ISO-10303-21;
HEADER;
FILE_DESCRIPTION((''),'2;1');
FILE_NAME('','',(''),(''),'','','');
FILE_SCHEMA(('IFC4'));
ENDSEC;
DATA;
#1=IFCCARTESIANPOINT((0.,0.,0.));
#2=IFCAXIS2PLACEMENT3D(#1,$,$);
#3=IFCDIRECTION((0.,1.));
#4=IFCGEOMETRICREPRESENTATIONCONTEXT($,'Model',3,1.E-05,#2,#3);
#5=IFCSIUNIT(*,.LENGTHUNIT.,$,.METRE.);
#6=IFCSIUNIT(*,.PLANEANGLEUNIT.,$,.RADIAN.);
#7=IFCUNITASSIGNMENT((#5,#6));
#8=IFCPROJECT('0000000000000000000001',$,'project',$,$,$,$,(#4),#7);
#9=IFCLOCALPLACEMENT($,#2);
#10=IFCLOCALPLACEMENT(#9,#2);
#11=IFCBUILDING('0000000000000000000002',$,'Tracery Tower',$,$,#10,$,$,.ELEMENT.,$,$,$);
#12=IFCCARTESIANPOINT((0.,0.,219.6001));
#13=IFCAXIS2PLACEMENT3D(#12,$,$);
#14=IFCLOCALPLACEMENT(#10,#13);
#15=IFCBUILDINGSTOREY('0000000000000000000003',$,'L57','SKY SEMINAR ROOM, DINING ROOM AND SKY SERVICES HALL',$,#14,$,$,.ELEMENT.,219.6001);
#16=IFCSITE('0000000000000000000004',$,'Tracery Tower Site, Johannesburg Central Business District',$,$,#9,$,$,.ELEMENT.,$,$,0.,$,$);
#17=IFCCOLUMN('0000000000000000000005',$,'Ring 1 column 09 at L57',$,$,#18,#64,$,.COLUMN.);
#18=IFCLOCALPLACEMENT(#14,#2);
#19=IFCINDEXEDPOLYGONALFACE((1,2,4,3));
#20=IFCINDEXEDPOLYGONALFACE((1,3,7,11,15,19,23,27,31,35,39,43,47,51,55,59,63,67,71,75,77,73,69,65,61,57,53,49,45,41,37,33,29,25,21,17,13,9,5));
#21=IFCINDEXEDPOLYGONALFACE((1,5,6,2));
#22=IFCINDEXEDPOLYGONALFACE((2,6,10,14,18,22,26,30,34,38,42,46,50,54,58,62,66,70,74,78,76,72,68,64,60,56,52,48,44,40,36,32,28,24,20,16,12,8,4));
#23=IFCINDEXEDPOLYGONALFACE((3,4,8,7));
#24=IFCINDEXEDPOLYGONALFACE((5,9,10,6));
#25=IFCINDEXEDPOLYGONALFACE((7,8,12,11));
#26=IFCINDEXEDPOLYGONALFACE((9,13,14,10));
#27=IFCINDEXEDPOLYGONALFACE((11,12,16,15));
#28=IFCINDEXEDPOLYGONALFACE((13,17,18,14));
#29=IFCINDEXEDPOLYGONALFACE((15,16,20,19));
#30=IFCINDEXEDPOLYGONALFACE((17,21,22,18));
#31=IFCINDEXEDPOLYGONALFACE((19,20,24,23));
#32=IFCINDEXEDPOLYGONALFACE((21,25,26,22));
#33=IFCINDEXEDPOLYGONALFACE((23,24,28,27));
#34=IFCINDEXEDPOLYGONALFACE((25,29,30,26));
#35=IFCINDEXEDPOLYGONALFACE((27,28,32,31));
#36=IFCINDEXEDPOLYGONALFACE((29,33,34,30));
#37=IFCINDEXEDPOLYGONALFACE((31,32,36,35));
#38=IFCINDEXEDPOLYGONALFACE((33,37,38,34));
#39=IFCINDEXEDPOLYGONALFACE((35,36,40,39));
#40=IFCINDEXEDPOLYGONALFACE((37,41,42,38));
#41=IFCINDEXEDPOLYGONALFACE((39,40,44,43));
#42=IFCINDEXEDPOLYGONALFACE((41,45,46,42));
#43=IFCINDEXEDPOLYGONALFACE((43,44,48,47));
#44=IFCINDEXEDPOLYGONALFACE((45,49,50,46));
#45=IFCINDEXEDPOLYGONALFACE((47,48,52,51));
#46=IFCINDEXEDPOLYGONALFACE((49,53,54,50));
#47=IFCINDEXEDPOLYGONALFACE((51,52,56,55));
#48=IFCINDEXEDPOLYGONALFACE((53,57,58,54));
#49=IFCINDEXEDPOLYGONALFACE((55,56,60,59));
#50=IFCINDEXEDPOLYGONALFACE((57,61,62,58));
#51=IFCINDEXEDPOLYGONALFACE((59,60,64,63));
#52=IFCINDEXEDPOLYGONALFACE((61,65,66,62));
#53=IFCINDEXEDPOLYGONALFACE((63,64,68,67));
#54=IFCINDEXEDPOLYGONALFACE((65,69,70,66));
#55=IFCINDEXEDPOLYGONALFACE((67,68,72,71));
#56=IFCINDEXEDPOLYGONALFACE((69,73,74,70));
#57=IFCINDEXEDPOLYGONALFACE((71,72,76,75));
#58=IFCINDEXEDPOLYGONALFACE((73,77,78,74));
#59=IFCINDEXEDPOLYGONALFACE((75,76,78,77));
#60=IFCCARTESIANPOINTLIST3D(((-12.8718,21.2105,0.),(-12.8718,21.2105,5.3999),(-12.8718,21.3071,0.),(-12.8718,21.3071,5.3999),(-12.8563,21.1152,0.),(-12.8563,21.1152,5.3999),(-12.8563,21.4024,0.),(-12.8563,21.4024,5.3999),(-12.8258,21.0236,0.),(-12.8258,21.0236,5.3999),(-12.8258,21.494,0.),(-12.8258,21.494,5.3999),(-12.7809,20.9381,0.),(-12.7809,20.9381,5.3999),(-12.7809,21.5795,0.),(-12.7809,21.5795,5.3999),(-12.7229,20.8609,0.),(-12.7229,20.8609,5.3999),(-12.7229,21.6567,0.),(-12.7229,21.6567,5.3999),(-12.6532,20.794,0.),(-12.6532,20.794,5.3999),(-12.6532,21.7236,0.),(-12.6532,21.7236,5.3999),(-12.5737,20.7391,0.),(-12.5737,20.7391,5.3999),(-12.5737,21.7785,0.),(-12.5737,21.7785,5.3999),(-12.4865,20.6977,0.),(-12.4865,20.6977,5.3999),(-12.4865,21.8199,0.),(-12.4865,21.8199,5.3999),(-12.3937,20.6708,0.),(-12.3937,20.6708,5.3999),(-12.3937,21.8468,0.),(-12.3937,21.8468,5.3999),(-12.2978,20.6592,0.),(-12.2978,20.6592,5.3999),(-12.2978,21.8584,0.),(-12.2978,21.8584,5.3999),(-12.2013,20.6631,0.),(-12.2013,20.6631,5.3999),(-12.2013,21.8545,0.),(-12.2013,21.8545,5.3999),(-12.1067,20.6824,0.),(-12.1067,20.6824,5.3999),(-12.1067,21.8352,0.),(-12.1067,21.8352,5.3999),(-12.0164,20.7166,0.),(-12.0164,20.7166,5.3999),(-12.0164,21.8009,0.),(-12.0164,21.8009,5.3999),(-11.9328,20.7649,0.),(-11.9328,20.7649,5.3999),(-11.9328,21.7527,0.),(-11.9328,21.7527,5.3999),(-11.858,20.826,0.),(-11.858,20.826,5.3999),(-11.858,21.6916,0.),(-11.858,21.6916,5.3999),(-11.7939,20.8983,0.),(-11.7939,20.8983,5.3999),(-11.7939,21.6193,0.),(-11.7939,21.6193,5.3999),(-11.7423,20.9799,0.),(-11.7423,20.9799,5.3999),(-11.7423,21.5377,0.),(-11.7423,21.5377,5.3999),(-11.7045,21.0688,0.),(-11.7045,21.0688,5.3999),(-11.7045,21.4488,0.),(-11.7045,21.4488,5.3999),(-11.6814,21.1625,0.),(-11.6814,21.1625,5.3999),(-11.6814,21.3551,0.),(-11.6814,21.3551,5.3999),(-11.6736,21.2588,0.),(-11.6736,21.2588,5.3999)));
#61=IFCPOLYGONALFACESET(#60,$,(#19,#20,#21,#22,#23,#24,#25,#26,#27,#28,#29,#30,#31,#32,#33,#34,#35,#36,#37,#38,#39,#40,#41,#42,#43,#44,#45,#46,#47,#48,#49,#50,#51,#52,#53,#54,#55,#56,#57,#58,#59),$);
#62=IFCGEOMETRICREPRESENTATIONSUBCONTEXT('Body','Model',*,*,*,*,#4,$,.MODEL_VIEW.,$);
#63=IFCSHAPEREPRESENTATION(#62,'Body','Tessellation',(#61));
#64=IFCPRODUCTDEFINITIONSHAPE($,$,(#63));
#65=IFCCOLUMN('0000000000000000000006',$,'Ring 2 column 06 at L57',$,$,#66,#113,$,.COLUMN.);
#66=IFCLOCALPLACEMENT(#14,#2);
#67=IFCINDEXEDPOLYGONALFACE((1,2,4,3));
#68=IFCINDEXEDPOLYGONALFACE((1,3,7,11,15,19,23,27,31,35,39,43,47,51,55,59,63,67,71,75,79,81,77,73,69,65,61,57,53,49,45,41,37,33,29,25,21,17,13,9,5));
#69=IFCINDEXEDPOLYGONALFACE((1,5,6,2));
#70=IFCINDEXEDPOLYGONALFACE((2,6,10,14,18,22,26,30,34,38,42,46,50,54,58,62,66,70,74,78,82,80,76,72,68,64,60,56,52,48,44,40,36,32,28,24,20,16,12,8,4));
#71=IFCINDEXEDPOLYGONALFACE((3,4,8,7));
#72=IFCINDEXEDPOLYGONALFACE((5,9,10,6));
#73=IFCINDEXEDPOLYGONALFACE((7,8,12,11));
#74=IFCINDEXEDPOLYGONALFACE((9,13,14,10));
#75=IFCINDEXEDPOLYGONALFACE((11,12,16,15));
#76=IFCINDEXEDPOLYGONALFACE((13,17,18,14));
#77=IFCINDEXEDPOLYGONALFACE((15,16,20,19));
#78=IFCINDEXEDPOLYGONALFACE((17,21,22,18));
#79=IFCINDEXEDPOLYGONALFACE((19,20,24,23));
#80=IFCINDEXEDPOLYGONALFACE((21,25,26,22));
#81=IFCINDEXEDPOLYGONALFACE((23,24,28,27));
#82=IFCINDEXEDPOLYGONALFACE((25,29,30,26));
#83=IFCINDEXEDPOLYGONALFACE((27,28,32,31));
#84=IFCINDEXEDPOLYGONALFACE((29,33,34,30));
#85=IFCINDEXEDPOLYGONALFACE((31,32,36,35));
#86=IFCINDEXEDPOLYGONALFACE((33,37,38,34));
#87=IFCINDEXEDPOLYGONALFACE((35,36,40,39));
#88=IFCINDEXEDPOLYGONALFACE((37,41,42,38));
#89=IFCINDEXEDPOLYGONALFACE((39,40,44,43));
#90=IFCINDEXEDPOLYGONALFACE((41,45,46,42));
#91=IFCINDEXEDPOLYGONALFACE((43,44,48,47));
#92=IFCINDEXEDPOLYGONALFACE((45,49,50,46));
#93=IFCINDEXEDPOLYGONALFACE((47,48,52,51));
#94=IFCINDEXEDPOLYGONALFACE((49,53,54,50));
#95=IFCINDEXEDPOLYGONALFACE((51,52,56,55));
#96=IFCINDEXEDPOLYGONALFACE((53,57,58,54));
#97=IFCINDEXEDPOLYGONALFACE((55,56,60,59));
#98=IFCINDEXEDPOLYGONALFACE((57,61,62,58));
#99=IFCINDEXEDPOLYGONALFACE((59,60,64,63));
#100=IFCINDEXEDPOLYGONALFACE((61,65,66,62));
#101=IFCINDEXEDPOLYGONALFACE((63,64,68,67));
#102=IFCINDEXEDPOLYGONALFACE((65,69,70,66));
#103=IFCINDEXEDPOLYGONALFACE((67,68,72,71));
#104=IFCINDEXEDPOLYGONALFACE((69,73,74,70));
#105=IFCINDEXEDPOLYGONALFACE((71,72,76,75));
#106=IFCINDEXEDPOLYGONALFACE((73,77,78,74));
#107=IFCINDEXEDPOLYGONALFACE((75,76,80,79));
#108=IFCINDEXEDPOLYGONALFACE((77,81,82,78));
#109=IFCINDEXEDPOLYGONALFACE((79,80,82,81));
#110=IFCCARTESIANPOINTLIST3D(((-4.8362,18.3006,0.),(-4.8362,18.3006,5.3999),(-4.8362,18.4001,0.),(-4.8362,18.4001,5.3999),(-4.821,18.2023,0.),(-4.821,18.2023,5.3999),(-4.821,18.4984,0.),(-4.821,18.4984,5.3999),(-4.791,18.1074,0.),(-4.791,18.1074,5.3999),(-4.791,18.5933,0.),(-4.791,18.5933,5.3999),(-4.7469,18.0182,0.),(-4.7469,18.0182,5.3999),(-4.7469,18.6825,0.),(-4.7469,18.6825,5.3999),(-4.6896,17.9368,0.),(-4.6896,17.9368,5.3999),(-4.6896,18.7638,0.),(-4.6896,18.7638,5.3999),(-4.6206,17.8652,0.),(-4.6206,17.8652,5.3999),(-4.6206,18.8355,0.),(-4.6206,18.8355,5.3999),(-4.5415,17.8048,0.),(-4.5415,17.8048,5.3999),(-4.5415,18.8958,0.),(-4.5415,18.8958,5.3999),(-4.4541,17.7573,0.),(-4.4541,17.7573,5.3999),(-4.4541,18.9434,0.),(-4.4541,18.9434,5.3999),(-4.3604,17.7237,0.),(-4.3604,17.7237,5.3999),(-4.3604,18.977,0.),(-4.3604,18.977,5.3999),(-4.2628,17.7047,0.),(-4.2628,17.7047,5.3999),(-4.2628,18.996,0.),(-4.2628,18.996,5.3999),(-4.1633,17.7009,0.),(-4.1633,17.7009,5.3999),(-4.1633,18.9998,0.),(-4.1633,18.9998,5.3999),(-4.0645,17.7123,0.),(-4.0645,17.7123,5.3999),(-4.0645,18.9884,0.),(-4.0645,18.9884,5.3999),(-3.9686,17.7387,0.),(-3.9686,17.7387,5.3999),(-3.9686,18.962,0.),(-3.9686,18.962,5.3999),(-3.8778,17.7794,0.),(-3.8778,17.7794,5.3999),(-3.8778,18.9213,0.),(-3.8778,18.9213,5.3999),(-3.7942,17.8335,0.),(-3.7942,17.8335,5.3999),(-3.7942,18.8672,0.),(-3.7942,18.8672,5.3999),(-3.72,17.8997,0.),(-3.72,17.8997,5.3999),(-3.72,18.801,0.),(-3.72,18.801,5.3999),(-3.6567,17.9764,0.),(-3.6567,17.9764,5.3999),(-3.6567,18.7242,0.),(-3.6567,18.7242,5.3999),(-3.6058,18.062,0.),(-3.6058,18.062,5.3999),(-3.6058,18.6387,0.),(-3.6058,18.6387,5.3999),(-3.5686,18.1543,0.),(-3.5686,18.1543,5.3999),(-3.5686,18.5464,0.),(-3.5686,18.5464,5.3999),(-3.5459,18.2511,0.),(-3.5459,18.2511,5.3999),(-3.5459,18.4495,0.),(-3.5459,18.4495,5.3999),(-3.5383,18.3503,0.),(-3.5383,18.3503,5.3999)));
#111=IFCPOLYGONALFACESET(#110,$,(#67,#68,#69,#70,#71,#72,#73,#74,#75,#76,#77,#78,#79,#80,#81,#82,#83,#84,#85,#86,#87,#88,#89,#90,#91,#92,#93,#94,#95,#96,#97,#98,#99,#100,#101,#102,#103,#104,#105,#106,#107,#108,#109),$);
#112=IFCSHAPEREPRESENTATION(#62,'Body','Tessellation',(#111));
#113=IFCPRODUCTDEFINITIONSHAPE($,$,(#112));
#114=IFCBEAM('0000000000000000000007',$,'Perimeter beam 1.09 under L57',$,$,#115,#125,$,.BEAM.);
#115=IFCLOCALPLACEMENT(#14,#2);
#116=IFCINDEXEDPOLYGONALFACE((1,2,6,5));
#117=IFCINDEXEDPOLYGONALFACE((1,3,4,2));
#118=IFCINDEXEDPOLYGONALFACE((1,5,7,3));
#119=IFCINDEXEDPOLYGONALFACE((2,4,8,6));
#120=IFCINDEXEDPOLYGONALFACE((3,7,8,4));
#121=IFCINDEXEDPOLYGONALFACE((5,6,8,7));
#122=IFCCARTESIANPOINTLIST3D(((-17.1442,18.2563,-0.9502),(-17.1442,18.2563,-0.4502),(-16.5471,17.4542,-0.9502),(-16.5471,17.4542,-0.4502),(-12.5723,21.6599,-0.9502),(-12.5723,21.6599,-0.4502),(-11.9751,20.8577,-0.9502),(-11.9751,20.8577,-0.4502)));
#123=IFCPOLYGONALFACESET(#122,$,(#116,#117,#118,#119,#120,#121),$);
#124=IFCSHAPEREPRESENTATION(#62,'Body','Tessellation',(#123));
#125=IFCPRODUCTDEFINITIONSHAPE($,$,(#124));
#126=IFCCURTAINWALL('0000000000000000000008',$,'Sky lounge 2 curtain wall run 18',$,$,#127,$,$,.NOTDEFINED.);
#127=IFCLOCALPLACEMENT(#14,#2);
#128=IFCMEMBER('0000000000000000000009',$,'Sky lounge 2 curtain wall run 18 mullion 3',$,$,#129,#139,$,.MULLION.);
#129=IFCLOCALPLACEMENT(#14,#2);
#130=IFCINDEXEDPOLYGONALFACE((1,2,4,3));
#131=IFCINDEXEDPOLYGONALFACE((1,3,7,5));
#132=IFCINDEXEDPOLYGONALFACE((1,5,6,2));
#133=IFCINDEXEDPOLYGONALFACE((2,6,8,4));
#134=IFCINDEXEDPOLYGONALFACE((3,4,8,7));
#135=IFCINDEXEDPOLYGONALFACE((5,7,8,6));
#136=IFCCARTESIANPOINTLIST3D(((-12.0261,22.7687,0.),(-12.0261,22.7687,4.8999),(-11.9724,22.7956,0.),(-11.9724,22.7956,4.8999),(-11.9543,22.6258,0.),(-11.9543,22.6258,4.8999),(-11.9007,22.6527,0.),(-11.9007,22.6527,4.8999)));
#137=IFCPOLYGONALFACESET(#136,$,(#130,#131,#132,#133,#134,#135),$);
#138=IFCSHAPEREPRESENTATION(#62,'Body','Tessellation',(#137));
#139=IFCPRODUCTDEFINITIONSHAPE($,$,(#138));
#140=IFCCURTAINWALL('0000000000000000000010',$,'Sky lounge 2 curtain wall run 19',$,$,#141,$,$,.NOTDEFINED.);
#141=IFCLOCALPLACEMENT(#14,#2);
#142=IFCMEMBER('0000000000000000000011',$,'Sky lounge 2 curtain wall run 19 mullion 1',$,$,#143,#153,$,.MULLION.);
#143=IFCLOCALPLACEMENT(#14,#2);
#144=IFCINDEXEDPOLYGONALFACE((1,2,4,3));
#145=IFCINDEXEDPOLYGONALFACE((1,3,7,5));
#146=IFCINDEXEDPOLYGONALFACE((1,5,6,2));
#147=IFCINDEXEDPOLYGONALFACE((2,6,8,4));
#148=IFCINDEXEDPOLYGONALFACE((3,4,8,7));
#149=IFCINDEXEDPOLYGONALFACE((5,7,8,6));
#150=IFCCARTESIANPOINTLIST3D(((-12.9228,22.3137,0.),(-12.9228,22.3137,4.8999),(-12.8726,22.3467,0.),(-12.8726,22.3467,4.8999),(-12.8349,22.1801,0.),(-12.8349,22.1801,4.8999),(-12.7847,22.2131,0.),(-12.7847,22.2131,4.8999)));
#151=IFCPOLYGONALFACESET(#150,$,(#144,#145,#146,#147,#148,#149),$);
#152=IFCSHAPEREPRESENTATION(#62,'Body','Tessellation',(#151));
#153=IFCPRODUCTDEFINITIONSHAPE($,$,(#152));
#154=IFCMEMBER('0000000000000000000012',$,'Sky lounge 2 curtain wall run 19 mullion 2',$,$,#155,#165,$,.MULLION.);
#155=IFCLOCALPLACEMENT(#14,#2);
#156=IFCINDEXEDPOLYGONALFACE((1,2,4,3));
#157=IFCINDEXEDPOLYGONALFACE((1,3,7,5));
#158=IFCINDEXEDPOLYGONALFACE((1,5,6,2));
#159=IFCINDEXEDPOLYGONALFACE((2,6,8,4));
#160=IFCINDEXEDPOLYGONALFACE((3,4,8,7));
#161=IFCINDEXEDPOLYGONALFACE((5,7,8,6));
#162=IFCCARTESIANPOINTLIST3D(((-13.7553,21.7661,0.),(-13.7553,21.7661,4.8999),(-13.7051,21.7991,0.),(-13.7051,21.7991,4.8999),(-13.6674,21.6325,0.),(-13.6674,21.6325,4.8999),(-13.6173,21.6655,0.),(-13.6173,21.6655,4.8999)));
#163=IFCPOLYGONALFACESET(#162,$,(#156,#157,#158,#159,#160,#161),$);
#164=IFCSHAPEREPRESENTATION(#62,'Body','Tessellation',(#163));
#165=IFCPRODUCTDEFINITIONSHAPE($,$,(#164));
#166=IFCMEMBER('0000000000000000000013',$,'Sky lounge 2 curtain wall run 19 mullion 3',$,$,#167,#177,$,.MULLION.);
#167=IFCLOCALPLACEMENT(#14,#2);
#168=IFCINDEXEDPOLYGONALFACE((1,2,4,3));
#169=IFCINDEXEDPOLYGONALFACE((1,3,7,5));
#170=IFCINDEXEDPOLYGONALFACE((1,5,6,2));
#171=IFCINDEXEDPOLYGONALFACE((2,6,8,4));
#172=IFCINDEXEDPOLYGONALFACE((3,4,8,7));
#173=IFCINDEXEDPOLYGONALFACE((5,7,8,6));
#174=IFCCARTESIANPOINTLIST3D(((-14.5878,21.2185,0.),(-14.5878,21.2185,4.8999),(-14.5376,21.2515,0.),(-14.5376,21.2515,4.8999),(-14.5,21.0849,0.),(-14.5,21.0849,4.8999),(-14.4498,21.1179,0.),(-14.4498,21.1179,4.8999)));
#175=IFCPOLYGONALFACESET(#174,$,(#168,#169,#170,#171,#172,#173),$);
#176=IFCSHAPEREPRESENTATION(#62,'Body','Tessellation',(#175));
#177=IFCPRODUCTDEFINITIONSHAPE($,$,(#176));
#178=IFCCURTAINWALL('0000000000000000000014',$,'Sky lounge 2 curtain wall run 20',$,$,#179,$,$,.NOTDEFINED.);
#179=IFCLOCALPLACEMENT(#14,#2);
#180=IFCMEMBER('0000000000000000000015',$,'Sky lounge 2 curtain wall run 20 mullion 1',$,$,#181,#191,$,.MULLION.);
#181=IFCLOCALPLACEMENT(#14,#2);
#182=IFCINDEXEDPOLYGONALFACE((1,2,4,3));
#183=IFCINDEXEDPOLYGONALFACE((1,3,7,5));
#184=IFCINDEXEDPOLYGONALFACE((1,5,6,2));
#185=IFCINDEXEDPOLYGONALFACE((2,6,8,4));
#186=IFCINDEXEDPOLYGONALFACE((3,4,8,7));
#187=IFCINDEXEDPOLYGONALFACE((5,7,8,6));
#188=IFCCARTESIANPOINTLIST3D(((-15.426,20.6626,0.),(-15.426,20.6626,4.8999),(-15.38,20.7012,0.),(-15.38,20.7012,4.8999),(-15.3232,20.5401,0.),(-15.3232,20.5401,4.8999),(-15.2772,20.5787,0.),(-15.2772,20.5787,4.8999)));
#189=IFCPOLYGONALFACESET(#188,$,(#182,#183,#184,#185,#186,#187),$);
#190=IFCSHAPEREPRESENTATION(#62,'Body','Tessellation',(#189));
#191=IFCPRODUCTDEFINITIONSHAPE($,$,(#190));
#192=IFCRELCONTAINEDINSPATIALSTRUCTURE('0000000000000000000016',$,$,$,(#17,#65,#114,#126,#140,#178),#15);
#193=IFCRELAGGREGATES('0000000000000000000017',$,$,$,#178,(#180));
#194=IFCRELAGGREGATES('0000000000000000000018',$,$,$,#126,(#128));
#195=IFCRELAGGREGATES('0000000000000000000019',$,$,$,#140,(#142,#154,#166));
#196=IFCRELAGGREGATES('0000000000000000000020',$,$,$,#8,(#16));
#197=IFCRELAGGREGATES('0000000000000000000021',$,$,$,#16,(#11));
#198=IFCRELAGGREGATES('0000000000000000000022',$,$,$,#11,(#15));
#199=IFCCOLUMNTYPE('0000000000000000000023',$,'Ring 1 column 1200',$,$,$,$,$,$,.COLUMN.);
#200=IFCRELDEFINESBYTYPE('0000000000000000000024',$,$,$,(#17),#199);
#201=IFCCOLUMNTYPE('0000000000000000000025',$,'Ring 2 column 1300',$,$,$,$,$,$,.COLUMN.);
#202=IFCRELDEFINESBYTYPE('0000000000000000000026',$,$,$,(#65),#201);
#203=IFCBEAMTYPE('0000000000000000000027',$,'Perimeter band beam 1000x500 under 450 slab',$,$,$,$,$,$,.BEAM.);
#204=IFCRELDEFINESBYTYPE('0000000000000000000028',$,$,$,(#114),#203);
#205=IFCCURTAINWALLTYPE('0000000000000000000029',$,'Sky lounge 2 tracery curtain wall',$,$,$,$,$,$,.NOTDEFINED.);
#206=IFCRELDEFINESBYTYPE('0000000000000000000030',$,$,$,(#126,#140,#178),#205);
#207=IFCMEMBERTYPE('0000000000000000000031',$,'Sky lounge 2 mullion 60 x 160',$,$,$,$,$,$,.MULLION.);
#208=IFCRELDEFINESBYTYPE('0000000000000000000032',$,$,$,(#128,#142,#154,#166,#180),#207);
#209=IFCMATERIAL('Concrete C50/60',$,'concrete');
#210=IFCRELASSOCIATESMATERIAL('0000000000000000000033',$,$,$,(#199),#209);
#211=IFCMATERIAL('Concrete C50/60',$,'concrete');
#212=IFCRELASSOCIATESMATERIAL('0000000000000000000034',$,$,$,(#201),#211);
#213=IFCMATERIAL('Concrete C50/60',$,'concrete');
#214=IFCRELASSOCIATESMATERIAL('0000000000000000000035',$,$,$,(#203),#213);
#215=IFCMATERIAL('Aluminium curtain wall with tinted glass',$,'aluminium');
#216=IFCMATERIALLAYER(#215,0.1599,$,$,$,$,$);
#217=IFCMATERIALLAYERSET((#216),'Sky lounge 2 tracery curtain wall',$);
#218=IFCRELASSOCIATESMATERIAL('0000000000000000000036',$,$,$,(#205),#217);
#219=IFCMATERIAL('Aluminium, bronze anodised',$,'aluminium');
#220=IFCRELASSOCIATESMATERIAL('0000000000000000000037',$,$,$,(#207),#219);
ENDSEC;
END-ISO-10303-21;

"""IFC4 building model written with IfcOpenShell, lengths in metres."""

from ifc_helpers import new_model, si_unit, direction, frame, origin, origin_2d, place, context, subcontext, project, spatial, rectangle, circle, extrude, material, layer, layer_set, material_profile, profile_set, type_object, element, aggregate, save


model = new_model("IFC4")

# Units and contexts
model_context = context("Model", 3, precision=1e-05, world=origin(), true_north=direction((0.0, 1.0)))
body_context = subcontext(model_context, "Body", "Model", "MODEL_VIEW")
ifc_project = project(units=[si_unit("LENGTHUNIT", "METRE"), si_unit("PLANEANGLEUNIT", "RADIAN")], contexts=[model_context])

# Site, building, storey
site_placement = place(None, origin())
site = spatial("IfcSite", under=ifc_project, at=site_placement, Name="Tracery Tower Site, Johannesburg Central Business District", CompositionType="ELEMENT", RefElevation=0.0)
building_placement = place(site_placement, origin())
building = spatial("IfcBuilding", under=site, at=building_placement, Name="Tracery Tower", CompositionType="ELEMENT")
storey_placement = place(building_placement, frame((0.0, 0.0, 219.6001)))
storey = spatial("IfcBuildingStorey", under=building, at=storey_placement, Name="L57", Description="SKY SEMINAR ROOM, DINING ROOM AND SKY SERVICES HALL", CompositionType="ELEMENT", Elevation=219.6001)

# Columns
ifc_material_1 = material(Name="Concrete C50/60", Category="concrete")
ifc_material_profile_1 = material_profile(ifc_material_1, circle(Radius=0.6001, at=origin_2d()), Name="RC D1200")
ifc_profile_set_1 = profile_set([ifc_material_profile_1], Name="Concrete C50/60")
column_type_1 = type_object("IfcColumnType", Name="Ring 1 column 1200", PredefinedType="COLUMN", material=ifc_profile_set_1)
column_1_placement = place(storey_placement, frame((-12.2737, 21.2588, 0.0), z_axis=(0.0, 0.0, 1.0), x_axis=(1.0, 0.0, 0.0)))
element("IfcColumn", 1, at=column_1_placement, inside=storey, type_object=column_type_1, Name="Ring 1 column 09 at L57", PredefinedType="COLUMN", context=body_context, shape_type="SweptSolid", body=[
    extrude(circle(Radius=0.6001, at=origin_2d()), origin(), (0.0, 0.0, 1.0), 5.3999),
])
ifc_material_2 = material(Name="Concrete C50/60", Category="concrete")
ifc_material_profile_2 = material_profile(ifc_material_2, circle(Radius=0.6499, at=origin_2d()), Name="RC D1300")
ifc_profile_set_2 = profile_set([ifc_material_profile_2], Name="Concrete C50/60")
column_type_2 = type_object("IfcColumnType", Name="Ring 2 column 1300", PredefinedType="COLUMN", material=ifc_profile_set_2)
column_2_placement = place(storey_placement, frame((-4.1882, 18.3503, 0.0), z_axis=(0.0, 0.0, 1.0), x_axis=(1.0, 0.0, 0.0)))
element("IfcColumn", 2, at=column_2_placement, inside=storey, type_object=column_type_2, Name="Ring 2 column 06 at L57", PredefinedType="COLUMN", context=body_context, shape_type="SweptSolid", body=[
    extrude(circle(Radius=0.6499, at=origin_2d()), origin(), (0.0, 0.0, 1.0), 5.3999),
])

# Beam
ifc_material_3 = material(Name="Concrete C50/60", Category="concrete")
ifc_material_profile_3 = material_profile(ifc_material_3, rectangle(XDim=1.0, YDim=0.5, at=origin_2d()), Name="RC 1000x500")
ifc_profile_set_3 = profile_set([ifc_material_profile_3], Name="Concrete C50/60")
beam_type = type_object("IfcBeamType", Name="Perimeter band beam 1000x500 under 450 slab", PredefinedType="BEAM", material=ifc_profile_set_3)
beam_placement = place(storey_placement, frame((-12.2737, 21.2588, -0.7002), z_axis=(-0.802138, -0.597138, 0.0), x_axis=(0.597138, -0.802138, 0.0)))
element("IfcBeam", 3, at=beam_placement, inside=storey, type_object=beam_type, Name="Perimeter beam 1.09 under L57", PredefinedType="BEAM", context=body_context, shape_type="SweptSolid", body=[
    extrude(rectangle(XDim=1.0, YDim=0.5, at=origin_2d()), origin(), (0.0, 0.0, 1.0), 5.6997),
])

# Curtain wall, member
ifc_material_4 = material(Name="Aluminium curtain wall with tinted glass", Category="aluminium")
ifc_layer_1 = layer(ifc_material_4, 0.1599)
ifc_layer_set_1 = layer_set([ifc_layer_1], Name="Sky lounge 2 tracery curtain wall")
curtain_wall_type = type_object("IfcCurtainWallType", Name="Sky lounge 2 tracery curtain wall", PredefinedType="NOTDEFINED", material=ifc_layer_set_1)
curtain_wall_1_placement = place(storey_placement, origin())
curtain_wall_1 = element("IfcCurtainWall", 4, at=curtain_wall_1_placement, inside=storey, type_object=curtain_wall_type, Name="Sky lounge 2 curtain wall run 18", PredefinedType="NOTDEFINED")
ifc_material_5 = material(Name="Aluminium, bronze anodised", Category="aluminium")
ifc_material_profile_4 = material_profile(ifc_material_5, rectangle(XDim=0.1599, YDim=0.0601, at=origin_2d()), Name="AL 60x160")
ifc_profile_set_4 = profile_set([ifc_material_profile_4], Name="Aluminium, bronze anodised")
member_type_1 = type_object("IfcMemberType", Name="Sky lounge 2 mullion 60 x 160", PredefinedType="MULLION", material=ifc_profile_set_4)
member_1_placement = place(storey_placement, frame((-11.9634, 22.7107, 0.0), z_axis=(0.0, 0.0, 1.0), x_axis=(0.448799, -0.893633, 0.0)))
member_1 = element("IfcMember", 5, at=member_1_placement, type_object=member_type_1, Name="Sky lounge 2 curtain wall run 18 mullion 3", PredefinedType="MULLION", context=body_context, shape_type="SweptSolid", body=[
    extrude(rectangle(XDim=0.1599, YDim=0.0601, at=origin_2d()), origin(), (0.0, 0.0, 1.0), 4.8999),
])

# Curtain wall, members
curtain_wall_2_placement = place(storey_placement, origin())
curtain_wall_2 = element("IfcCurtainWall", 6, at=curtain_wall_2_placement, inside=storey, type_object=curtain_wall_type, Name="Sky lounge 2 curtain wall run 19", PredefinedType="NOTDEFINED")
member_2_placement = place(storey_placement, frame((-12.8538, 22.2634, 0.0), z_axis=(0.0, 0.0, 1.0), x_axis=(0.549509, -0.835488, 0.0)))
member_2 = element("IfcMember", 7, at=member_2_placement, type_object=member_type_1, Name="Sky lounge 2 curtain wall run 19 mullion 1", PredefinedType="MULLION", context=body_context, shape_type="SweptSolid", body=[
    extrude(rectangle(XDim=0.1599, YDim=0.0601, at=origin_2d()), origin(), (0.0, 0.0, 1.0), 4.8999),
])
member_3_placement = place(storey_placement, frame((-13.6863, 21.7158, 0.0), z_axis=(0.0, 0.0, 1.0), x_axis=(0.549509, -0.835488, 0.0)))
member_3 = element("IfcMember", 8, at=member_3_placement, type_object=member_type_1, Name="Sky lounge 2 curtain wall run 19 mullion 2", PredefinedType="MULLION", context=body_context, shape_type="SweptSolid", body=[
    extrude(rectangle(XDim=0.1599, YDim=0.0601, at=origin_2d()), origin(), (0.0, 0.0, 1.0), 4.8999),
])
member_4_placement = place(storey_placement, frame((-14.5188, 21.1682, 0.0), z_axis=(0.0, 0.0, 1.0), x_axis=(0.549509, -0.835488, 0.0)))
member_4 = element("IfcMember", 9, at=member_4_placement, type_object=member_type_1, Name="Sky lounge 2 curtain wall run 19 mullion 3", PredefinedType="MULLION", context=body_context, shape_type="SweptSolid", body=[
    extrude(rectangle(XDim=0.1599, YDim=0.0601, at=origin_2d()), origin(), (0.0, 0.0, 1.0), 4.8999),
])

# Curtain wall, member
curtain_wall_3_placement = place(storey_placement, origin())
curtain_wall_3 = element("IfcCurtainWall", 10, at=curtain_wall_3_placement, inside=storey, type_object=curtain_wall_type, Name="Sky lounge 2 curtain wall run 20", PredefinedType="NOTDEFINED")
member_5_placement = place(storey_placement, frame((-15.3516, 20.6206, 0.0), z_axis=(0.0, 0.0, 1.0), x_axis=(0.642788, -0.766044, 0.0)))
member_5 = element("IfcMember", 11, at=member_5_placement, type_object=member_type_1, Name="Sky lounge 2 curtain wall run 20 mullion 1", PredefinedType="MULLION", context=body_context, shape_type="SweptSolid", body=[
    extrude(rectangle(XDim=0.1599, YDim=0.0601, at=origin_2d()), origin(), (0.0, 0.0, 1.0), 4.8999),
])

aggregate(curtain_wall_3, [member_5])

aggregate(curtain_wall_1, [member_1])
aggregate(curtain_wall_2, [member_2, member_3, member_4])

save(model, "model.ifc")
